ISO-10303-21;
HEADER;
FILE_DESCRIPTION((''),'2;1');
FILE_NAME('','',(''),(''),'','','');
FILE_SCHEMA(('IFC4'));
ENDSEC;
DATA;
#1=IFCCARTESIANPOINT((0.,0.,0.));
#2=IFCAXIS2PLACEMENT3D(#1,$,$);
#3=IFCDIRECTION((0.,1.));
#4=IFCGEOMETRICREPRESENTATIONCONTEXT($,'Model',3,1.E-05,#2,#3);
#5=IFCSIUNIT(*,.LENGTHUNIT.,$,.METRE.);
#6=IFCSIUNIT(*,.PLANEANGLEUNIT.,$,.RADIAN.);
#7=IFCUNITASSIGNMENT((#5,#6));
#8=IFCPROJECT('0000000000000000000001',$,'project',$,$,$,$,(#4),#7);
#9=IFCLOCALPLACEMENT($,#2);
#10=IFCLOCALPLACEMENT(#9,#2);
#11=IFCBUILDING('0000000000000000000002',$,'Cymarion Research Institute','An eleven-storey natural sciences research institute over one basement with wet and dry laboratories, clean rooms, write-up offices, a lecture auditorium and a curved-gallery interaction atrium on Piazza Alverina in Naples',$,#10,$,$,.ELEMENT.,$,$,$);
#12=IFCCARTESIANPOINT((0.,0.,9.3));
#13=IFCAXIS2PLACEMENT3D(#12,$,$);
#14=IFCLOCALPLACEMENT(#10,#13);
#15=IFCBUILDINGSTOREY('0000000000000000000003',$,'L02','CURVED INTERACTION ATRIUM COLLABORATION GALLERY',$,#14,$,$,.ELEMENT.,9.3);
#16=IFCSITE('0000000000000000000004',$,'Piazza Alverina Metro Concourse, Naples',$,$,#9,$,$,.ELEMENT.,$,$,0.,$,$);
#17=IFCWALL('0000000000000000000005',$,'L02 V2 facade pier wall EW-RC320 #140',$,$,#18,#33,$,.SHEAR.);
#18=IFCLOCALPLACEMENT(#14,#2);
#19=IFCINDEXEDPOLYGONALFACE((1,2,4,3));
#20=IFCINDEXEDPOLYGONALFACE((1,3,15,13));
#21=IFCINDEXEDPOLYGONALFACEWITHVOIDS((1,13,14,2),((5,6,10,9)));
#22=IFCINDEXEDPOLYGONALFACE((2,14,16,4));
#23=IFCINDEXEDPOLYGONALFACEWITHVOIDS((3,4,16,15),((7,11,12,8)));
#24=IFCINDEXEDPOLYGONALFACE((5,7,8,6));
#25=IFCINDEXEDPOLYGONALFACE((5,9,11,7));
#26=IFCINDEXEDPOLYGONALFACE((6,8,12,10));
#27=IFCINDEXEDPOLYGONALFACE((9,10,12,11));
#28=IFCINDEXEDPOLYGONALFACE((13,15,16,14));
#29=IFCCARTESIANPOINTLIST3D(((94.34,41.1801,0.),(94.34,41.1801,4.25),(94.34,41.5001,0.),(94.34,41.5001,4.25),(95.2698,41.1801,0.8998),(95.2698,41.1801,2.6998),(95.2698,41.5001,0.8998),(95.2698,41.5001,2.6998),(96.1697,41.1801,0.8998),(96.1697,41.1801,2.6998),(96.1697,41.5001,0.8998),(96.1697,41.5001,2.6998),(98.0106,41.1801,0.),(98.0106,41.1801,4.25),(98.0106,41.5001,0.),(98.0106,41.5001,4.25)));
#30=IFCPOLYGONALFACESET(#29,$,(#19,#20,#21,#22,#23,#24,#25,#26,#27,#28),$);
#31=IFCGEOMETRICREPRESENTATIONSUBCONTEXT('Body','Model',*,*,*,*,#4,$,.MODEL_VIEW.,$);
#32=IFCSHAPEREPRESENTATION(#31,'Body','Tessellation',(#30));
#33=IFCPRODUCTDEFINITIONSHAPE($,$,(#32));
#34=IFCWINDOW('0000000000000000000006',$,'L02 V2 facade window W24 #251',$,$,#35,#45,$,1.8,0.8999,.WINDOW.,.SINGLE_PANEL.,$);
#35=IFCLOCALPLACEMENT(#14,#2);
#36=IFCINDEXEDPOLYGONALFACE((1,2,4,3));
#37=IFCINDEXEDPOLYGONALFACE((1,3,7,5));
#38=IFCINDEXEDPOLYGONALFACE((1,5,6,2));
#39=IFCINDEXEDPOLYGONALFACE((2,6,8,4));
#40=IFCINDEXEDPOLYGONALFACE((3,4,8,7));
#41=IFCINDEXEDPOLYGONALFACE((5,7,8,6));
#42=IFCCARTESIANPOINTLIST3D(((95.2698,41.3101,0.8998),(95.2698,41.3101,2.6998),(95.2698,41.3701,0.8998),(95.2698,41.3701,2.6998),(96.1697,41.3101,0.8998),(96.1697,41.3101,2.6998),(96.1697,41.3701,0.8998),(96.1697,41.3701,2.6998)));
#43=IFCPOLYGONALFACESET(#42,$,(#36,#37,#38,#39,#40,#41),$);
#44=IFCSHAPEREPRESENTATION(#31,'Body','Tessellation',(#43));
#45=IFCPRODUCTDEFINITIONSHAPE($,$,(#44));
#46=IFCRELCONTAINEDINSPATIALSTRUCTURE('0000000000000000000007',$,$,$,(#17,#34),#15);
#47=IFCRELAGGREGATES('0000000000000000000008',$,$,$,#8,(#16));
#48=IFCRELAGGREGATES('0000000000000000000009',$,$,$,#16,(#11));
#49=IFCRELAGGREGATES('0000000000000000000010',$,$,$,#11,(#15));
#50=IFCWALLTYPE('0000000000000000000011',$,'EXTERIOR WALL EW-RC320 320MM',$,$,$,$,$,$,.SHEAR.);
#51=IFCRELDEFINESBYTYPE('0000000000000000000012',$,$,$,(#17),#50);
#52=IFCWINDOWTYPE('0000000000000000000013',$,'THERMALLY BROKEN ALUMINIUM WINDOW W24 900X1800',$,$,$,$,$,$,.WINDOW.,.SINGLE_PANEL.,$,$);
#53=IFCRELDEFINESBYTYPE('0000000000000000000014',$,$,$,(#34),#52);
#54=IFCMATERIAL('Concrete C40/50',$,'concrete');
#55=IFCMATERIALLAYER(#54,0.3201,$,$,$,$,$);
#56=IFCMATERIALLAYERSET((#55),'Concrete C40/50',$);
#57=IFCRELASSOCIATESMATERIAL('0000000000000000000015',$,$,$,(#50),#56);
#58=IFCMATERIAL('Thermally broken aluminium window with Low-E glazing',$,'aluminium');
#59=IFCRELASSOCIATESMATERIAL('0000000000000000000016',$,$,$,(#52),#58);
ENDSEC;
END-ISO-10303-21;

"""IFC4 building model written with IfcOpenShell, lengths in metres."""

from ifc_helpers import new_model, si_unit, direction, frame, frame_2d, origin, place, context, subcontext, project, spatial, rectangle, extrude, material, layer, layer_set, type_object, element, fill, save


model = new_model("IFC4")

# Units and contexts
model_context = context("Model", 3, precision=1e-05, world=origin(), true_north=direction((0.0, 1.0)))
body_context = subcontext(model_context, "Body", "Model", "MODEL_VIEW")
ifc_project = project(units=[si_unit("LENGTHUNIT", "METRE"), si_unit("PLANEANGLEUNIT", "RADIAN")], contexts=[model_context])

# Site, building, storey
site_placement = place(None, origin())
site = spatial("IfcSite", under=ifc_project, at=site_placement, Name="Piazza Alverina Metro Concourse, Naples", CompositionType="ELEMENT", RefElevation=0.0)
building_placement = place(site_placement, origin())
building = spatial("IfcBuilding", under=site, at=building_placement, Name="Cymarion Research Institute", Description="An eleven-storey natural sciences research institute over one basement with wet and dry laboratories, clean rooms, write-up offices, a lecture auditorium and a curved-gallery interaction atrium on Piazza Alverina in Naples", CompositionType="ELEMENT")
storey_placement = place(building_placement, frame((0.0, 0.0, 9.3)))
storey = spatial("IfcBuildingStorey", under=building, at=storey_placement, Name="L02", Description="CURVED INTERACTION ATRIUM COLLABORATION GALLERY", CompositionType="ELEMENT", Elevation=9.3)

# Shared definitions
ifc_material_1 = material(Name="Concrete C40/50", Category="concrete")
ifc_layer_1 = layer(ifc_material_1, 0.3201)
ifc_layer_set_1 = layer_set([ifc_layer_1], Name="Concrete C40/50")
wall_type = type_object("IfcWallType", Name="EXTERIOR WALL EW-RC320 320MM", PredefinedType="SHEAR", material=ifc_layer_set_1)

# Wall, opening, window
wall_1_placement = place(storey_placement, frame((98.0107, 41.3401, 0.0), z_axis=(0.0, 0.0, 1.0), x_axis=(-1.0, 0.0, 0.0)))
wall_1 = element("IfcWall", 1, at=wall_1_placement, inside=storey, type_object=wall_type, Name="L02 V2 facade pier wall EW-RC320 #140", PredefinedType="SHEAR", context=body_context, shape_type="SweptSolid", body=[
    extrude(rectangle(XDim=3.6707, YDim=0.3201, at=frame_2d((1.8354, 0.0))), origin(), (0.0, 0.0, 1.0), 4.25),
])
opening_placement = place(wall_1_placement, frame((1.8411, 0.0, 0.8999)))
opening = element("IfcOpeningElement", 2, at=opening_placement, cuts=wall_1, PredefinedType="OPENING", context=body_context, shape_type="SweptSolid", body=[
    extrude(rectangle(XDim=0.8999, YDim=1.8, at=frame_2d((0.45, 0.8999))), frame((0.0, 0.1699, 0.0), z_axis=(0.0, -1.0, 0.0), x_axis=(1.0, 0.0, 0.0)), (0.0, 0.0, 1.0), 0.3401),
])
ifc_material_2 = material(Name="Thermally broken aluminium window with Low-E glazing", Category="aluminium")
window_type = type_object("IfcWindowType", Name="THERMALLY BROKEN ALUMINIUM WINDOW W24 900X1800", PartitioningType="SINGLE_PANEL", PredefinedType="WINDOW", material=ifc_material_2)
window_placement = place(opening_placement, origin())
window = element("IfcWindow", 3, at=window_placement, inside=storey, type_object=window_type, Name="L02 V2 facade window W24 #251", OverallHeight=1.8, OverallWidth=0.8999, PartitioningType="SINGLE_PANEL", PredefinedType="WINDOW", context=body_context, shape_type="SweptSolid", body=[
    extrude(rectangle(XDim=0.8999, YDim=1.8, at=frame_2d((0.45, 0.8999))), frame((0.0, 0.03, 0.0), z_axis=(0.0, -1.0, 0.0), x_axis=(1.0, 0.0, 0.0)), (0.0, 0.0, 1.0), 0.0601),
])
fill(opening, window)

save(model, "model.ifc")
